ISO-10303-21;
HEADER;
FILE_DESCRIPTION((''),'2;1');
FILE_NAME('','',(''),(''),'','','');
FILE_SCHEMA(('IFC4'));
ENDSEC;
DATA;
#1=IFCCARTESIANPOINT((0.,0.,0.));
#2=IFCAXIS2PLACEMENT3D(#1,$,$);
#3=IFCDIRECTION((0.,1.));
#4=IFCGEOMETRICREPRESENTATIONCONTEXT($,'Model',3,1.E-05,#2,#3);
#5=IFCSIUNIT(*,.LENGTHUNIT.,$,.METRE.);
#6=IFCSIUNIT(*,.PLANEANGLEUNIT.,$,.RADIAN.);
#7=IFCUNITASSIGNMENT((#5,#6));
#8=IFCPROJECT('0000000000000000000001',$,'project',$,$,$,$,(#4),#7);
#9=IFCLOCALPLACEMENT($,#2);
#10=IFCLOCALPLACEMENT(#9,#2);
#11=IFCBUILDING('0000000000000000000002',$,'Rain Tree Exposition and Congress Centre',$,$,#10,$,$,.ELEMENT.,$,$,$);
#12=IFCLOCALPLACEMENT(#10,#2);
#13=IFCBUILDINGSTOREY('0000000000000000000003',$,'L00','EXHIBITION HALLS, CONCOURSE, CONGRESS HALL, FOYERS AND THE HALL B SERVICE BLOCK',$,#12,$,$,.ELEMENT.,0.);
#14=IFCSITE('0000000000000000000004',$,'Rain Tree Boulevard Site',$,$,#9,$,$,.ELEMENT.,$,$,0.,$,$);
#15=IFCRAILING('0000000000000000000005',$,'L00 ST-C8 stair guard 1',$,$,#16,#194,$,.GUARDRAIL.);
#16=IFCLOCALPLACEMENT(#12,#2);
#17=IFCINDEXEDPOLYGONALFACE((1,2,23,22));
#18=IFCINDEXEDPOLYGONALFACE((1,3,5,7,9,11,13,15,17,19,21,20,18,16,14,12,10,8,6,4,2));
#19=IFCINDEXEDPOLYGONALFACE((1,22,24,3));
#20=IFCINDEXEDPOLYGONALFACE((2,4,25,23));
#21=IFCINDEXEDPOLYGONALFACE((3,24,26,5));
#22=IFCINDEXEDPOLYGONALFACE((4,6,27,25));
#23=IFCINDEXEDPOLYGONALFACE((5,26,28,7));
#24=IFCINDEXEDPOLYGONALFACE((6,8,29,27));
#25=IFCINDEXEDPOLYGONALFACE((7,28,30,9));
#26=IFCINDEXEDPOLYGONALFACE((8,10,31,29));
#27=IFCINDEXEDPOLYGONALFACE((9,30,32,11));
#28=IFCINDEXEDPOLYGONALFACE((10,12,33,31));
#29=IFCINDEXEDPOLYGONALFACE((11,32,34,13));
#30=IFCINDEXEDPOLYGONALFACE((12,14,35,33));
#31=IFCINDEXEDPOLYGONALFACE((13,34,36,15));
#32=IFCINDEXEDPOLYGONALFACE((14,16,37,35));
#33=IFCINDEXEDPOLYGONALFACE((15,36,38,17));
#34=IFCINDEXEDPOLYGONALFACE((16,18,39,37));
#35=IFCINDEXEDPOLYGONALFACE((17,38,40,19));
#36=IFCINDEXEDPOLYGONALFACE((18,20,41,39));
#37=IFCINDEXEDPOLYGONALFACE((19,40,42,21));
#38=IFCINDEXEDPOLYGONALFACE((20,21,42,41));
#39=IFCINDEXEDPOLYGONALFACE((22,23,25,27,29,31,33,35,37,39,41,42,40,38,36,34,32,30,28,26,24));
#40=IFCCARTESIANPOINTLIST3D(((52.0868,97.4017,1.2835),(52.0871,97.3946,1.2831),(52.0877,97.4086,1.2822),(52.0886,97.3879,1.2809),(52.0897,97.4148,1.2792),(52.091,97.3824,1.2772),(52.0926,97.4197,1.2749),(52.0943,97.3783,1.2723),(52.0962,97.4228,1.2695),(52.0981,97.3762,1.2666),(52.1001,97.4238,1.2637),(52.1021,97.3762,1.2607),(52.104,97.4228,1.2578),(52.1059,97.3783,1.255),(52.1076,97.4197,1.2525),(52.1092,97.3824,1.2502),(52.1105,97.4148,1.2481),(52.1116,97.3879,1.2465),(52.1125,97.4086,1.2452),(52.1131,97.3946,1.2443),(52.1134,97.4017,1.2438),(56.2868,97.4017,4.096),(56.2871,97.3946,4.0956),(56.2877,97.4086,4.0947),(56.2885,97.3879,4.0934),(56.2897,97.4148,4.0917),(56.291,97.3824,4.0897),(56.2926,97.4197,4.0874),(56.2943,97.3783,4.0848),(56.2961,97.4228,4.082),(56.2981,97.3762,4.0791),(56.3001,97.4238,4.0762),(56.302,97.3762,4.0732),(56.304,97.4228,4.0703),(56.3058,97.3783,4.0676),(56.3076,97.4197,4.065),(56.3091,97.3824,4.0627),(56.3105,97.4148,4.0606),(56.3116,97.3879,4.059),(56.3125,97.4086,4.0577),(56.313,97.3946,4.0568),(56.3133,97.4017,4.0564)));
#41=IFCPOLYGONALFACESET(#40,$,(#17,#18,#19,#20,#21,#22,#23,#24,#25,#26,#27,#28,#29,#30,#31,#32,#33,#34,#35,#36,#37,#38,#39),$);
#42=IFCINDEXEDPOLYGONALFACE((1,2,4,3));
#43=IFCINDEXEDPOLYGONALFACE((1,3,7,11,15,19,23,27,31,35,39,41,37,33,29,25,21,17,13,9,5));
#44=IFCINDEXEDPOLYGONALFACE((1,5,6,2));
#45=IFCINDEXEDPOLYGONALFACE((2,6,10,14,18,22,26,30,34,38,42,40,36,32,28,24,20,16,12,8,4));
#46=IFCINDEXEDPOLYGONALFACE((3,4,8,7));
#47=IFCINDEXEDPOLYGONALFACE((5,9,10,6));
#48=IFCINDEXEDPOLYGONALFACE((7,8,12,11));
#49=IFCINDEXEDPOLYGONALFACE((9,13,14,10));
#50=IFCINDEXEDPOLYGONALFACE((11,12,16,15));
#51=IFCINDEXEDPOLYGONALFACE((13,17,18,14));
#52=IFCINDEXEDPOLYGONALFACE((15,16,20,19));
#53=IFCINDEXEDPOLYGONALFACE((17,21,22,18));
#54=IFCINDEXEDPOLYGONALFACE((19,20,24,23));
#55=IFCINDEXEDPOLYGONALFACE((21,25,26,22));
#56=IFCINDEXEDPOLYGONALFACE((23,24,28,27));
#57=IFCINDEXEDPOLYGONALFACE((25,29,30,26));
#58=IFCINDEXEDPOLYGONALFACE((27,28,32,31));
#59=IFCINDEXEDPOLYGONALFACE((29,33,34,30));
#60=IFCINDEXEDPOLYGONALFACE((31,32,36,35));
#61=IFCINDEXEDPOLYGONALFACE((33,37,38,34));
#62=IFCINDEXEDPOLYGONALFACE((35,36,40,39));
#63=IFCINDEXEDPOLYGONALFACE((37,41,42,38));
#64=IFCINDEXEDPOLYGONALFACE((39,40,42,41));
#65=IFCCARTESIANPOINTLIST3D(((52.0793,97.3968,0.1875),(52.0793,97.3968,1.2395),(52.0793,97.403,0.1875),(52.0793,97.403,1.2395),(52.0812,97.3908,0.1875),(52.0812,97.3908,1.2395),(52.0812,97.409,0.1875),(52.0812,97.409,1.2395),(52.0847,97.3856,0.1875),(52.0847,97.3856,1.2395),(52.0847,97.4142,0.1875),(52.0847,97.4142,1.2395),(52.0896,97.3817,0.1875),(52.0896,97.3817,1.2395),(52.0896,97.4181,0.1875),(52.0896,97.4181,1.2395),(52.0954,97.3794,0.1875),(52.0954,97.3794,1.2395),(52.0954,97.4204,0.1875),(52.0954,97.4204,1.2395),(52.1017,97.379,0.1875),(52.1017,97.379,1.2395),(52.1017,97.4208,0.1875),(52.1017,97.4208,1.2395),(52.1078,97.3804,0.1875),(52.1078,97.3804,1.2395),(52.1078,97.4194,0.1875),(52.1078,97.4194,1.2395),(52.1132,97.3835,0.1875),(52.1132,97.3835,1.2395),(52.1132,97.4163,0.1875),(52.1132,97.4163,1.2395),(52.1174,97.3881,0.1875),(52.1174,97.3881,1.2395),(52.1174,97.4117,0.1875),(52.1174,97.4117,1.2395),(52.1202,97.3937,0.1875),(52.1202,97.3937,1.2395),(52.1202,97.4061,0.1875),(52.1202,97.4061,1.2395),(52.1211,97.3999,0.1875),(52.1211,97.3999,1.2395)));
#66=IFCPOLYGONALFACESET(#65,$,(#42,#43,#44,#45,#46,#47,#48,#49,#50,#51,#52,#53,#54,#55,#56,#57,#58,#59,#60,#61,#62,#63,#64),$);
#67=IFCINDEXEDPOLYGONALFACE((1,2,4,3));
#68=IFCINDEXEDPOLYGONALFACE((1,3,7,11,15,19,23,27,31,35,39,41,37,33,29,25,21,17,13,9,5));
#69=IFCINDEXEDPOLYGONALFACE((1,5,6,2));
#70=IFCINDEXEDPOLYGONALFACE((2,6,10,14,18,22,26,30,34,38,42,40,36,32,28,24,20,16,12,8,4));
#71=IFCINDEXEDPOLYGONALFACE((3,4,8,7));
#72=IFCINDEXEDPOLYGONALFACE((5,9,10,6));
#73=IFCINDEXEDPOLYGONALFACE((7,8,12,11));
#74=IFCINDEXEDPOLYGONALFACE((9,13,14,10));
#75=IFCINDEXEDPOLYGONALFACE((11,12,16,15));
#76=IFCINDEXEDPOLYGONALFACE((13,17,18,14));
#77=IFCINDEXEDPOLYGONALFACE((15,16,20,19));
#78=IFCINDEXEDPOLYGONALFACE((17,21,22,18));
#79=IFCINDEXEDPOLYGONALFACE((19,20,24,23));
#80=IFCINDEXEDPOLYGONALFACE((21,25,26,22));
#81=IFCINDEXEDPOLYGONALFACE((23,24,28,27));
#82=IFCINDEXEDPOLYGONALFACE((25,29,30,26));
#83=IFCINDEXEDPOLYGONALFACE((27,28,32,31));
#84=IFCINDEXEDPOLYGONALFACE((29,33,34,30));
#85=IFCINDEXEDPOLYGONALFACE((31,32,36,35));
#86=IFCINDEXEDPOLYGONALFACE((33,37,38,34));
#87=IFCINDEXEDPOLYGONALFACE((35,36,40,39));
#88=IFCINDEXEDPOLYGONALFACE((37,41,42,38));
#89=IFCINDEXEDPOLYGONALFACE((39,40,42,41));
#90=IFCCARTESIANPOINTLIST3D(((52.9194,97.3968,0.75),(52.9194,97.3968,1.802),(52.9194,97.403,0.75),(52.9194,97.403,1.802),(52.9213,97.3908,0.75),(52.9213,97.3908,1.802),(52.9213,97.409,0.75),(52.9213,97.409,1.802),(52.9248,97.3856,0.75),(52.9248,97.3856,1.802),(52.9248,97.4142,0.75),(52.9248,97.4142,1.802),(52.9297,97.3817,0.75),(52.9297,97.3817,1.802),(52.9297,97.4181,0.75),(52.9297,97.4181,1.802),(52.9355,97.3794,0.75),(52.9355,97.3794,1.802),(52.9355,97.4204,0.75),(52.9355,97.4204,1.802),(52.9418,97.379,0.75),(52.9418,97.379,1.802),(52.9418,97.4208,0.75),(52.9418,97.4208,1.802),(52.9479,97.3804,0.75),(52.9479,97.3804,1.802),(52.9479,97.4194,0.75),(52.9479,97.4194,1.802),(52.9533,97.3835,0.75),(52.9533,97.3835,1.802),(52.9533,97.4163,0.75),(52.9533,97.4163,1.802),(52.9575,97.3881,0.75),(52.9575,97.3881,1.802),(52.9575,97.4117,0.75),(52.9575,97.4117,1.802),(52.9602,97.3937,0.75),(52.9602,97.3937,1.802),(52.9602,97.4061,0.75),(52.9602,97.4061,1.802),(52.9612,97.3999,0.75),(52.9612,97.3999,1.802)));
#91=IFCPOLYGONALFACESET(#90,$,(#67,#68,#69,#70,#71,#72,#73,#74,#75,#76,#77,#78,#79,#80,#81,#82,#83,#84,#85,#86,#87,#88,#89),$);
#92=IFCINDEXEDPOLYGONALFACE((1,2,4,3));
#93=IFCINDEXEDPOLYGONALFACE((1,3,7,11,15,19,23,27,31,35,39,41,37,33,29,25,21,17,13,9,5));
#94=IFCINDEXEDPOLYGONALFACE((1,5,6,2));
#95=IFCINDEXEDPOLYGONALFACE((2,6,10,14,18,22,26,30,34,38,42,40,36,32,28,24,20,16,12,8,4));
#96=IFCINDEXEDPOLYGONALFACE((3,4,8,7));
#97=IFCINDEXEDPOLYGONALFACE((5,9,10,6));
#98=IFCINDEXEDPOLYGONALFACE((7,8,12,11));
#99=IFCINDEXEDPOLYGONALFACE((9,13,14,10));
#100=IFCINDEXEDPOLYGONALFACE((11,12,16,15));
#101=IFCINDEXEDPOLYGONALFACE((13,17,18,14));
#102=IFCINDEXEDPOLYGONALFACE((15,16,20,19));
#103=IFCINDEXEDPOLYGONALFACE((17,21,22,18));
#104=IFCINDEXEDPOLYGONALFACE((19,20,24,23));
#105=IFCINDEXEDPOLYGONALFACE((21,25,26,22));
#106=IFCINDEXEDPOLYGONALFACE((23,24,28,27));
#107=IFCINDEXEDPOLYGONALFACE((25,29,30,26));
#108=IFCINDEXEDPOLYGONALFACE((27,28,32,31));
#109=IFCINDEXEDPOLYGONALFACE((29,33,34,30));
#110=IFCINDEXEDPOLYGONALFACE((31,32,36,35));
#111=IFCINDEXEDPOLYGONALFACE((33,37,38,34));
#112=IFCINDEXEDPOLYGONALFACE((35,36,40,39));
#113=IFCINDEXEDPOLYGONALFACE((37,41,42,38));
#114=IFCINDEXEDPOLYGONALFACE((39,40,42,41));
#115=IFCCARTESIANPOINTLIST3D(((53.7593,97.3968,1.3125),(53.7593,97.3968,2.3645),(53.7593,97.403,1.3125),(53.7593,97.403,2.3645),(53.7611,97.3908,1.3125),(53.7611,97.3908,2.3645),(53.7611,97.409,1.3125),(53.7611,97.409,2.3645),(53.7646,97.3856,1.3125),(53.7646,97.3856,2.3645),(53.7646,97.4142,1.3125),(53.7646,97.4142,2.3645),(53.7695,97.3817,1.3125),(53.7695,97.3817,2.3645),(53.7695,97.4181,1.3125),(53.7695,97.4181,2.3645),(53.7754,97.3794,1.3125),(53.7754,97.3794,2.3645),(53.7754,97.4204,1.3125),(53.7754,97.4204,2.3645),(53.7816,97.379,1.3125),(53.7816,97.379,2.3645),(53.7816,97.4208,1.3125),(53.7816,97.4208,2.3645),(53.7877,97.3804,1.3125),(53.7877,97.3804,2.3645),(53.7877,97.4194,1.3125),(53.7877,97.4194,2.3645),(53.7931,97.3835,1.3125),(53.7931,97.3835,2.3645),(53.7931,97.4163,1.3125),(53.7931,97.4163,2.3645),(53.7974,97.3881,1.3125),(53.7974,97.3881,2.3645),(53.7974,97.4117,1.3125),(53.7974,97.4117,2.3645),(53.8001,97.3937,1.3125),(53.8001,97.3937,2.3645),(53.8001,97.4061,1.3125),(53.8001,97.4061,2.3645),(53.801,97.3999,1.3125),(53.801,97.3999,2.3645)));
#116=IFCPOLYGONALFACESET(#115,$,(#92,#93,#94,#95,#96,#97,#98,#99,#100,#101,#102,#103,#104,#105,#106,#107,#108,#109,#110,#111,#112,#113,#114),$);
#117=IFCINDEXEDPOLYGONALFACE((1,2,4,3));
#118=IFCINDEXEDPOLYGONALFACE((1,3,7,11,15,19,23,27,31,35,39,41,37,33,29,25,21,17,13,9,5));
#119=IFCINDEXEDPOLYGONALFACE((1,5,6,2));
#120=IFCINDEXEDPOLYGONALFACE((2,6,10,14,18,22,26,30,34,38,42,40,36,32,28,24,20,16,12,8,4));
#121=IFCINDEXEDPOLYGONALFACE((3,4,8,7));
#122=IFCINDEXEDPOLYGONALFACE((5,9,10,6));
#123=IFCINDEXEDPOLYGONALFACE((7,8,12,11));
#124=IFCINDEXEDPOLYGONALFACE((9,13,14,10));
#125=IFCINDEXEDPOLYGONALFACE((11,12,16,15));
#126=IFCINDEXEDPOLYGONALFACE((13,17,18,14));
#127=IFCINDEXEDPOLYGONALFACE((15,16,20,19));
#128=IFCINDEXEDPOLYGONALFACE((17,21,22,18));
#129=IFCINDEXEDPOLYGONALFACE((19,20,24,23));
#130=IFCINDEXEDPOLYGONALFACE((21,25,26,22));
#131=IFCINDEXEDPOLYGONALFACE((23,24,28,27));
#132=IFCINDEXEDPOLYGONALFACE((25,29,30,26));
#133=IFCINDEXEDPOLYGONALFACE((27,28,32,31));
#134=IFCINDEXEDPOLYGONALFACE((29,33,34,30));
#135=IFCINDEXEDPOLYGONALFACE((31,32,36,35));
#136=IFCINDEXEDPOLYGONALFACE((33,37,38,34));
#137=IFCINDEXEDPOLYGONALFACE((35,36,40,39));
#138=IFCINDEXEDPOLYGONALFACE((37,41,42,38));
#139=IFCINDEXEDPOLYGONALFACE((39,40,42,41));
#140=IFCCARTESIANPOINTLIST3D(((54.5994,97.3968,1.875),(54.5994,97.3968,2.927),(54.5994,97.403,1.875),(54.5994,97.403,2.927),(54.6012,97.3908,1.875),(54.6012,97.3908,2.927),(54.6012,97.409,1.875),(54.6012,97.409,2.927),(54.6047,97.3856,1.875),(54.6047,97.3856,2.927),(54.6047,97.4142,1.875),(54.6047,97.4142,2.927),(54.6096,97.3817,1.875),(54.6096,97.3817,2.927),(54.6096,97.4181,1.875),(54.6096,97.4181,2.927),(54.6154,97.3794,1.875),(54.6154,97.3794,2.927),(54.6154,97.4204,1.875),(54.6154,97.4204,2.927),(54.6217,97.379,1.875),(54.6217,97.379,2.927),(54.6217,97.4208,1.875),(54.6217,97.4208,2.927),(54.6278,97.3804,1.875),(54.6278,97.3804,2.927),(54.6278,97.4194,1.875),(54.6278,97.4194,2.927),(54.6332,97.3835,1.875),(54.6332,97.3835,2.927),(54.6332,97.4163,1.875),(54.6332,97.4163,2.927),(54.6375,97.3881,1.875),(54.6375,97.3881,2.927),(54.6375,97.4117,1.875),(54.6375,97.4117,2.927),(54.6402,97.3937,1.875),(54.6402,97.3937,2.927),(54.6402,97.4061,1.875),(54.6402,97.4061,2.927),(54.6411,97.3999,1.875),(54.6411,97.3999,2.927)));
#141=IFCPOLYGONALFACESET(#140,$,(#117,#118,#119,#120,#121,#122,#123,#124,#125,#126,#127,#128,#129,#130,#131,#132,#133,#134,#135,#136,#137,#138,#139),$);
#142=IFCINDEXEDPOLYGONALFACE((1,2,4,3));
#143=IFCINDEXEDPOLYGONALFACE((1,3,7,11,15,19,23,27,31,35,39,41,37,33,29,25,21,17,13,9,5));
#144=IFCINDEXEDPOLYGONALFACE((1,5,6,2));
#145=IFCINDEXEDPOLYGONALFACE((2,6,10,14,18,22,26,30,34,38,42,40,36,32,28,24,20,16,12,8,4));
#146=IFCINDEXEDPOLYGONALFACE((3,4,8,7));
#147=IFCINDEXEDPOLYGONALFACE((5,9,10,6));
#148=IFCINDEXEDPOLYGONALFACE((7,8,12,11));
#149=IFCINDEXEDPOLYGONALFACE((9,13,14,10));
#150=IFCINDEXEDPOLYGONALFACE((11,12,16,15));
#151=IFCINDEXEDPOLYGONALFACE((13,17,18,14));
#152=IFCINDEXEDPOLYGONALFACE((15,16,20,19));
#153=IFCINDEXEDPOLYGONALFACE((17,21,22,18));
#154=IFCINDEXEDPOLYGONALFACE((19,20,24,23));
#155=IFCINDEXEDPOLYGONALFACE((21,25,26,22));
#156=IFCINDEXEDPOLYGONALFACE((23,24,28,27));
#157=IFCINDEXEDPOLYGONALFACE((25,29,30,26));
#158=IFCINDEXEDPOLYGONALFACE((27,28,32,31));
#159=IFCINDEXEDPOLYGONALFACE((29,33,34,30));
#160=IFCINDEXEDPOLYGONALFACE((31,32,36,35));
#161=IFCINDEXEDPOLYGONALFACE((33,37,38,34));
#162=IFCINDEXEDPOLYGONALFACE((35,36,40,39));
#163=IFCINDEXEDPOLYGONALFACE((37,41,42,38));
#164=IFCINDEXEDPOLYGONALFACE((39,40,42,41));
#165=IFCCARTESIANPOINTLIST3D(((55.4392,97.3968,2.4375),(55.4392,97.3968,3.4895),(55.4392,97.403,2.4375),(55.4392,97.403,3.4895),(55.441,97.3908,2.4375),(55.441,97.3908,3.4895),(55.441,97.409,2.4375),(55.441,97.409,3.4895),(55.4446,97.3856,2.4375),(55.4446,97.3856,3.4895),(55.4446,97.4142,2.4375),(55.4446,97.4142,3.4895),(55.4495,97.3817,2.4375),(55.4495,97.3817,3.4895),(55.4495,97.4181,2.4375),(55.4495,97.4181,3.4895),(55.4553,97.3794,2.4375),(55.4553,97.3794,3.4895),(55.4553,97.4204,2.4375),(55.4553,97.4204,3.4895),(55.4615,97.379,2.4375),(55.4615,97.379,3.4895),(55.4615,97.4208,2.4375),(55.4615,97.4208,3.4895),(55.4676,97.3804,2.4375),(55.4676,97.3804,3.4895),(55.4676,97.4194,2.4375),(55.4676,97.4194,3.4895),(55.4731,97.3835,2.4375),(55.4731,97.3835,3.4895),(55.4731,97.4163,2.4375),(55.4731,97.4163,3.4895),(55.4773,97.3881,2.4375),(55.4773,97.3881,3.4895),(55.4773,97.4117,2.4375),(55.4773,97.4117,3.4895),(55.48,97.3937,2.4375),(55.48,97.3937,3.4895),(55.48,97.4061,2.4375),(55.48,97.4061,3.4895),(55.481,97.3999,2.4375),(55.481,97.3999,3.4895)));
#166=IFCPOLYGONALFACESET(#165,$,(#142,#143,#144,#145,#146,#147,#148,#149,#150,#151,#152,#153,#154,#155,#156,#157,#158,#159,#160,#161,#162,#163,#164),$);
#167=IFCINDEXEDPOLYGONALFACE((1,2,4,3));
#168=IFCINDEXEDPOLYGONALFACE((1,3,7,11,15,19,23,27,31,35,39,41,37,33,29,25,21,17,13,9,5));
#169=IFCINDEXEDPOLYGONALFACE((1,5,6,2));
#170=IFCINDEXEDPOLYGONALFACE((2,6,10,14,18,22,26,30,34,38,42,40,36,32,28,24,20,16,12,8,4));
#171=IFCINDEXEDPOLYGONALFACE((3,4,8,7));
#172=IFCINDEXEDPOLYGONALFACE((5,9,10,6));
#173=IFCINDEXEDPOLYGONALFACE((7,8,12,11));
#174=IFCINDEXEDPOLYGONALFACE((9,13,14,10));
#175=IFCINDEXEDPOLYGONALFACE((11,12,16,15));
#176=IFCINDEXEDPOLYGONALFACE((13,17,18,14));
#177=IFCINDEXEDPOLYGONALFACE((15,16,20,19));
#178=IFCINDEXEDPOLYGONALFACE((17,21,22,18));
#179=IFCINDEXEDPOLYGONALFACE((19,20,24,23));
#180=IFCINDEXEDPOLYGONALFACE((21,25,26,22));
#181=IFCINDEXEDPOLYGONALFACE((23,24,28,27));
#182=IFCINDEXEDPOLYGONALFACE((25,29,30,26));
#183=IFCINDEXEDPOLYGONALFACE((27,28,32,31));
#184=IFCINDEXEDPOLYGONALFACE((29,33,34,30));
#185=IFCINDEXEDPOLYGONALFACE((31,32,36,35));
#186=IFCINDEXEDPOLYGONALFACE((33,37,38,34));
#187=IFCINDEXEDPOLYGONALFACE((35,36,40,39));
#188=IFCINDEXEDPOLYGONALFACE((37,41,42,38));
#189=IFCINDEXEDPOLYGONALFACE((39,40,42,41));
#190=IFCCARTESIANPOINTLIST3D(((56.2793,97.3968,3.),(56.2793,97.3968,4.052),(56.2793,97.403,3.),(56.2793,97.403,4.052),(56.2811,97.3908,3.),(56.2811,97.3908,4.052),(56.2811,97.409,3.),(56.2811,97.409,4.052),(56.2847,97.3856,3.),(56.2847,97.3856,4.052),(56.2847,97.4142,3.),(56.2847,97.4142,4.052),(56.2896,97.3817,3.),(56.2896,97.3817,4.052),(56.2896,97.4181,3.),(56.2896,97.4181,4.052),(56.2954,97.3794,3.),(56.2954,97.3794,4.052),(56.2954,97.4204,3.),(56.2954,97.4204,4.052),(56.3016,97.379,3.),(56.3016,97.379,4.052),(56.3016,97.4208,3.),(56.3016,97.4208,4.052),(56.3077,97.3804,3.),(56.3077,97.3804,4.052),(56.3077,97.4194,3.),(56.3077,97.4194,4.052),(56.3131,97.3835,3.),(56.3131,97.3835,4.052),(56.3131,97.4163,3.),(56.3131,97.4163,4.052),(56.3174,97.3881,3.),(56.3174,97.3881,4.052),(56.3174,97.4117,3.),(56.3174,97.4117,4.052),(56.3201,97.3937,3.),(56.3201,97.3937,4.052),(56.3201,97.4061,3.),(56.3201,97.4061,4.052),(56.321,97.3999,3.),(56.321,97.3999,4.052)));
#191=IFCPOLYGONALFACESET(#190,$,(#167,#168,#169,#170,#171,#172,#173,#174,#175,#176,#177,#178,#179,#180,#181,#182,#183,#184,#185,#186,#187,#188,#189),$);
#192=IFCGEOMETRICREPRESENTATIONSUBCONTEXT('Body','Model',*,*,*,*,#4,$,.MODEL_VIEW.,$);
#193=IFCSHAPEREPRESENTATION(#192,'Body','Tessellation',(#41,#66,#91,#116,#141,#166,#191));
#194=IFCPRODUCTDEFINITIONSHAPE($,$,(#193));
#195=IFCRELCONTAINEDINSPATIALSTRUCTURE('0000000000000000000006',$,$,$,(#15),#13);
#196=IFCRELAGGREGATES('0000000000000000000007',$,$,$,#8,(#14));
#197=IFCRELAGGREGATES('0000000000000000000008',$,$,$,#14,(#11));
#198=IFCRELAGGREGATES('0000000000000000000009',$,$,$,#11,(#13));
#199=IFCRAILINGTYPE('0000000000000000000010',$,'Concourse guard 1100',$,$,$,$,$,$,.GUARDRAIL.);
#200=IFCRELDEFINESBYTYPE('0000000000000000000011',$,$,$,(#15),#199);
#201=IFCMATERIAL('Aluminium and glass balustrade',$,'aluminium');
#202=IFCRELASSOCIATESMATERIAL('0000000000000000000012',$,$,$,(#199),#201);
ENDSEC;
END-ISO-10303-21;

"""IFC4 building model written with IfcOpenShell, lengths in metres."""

from ifc_helpers import new_model, si_unit, direction, frame, origin, origin_2d, place, context, subcontext, project, spatial, circle, extrude, material, type_object, element, save


model = new_model("IFC4")

# Units and contexts
model_context = context("Model", 3, precision=1e-05, world=origin(), true_north=direction((0.0, 1.0)))
body_context = subcontext(model_context, "Body", "Model", "MODEL_VIEW")
ifc_project = project(units=[si_unit("LENGTHUNIT", "METRE"), si_unit("PLANEANGLEUNIT", "RADIAN")], contexts=[model_context])

# Site, building, storey
site_placement = place(None, origin())
site = spatial("IfcSite", under=ifc_project, at=site_placement, Name="Rain Tree Boulevard Site", CompositionType="ELEMENT", RefElevation=0.0)
building_placement = place(site_placement, origin())
building = spatial("IfcBuilding", under=site, at=building_placement, Name="Rain Tree Exposition and Congress Centre", CompositionType="ELEMENT")
storey_placement = place(building_placement, origin())
storey = spatial("IfcBuildingStorey", under=building, at=storey_placement, Name="L00", Description="EXHIBITION HALLS, CONCOURSE, CONGRESS HALL, FOYERS AND THE HALL B SERVICE BLOCK", CompositionType="ELEMENT", Elevation=0.0)

# Railing
ifc_material_1 = material(Name="Aluminium and glass balustrade", Category="aluminium")
railing_type_1 = type_object("IfcRailingType", Name="Concourse guard 1100", PredefinedType="GUARDRAIL", material=ifc_material_1)
railing_1_placement = place(storey_placement, frame((52.1001, 97.3999, 0.1875)))
element("IfcRailing", 1, at=railing_1_placement, inside=storey, type_object=railing_type_1, Name="L00 ST-C8 stair guard 1", PredefinedType="GUARDRAIL", context=body_context, shape_type="SweptSolid", body=[
    extrude(circle(Radius=0.0239, at=origin_2d()), frame((0.0, 0.0, 1.0762), z_axis=(0.830904, 0.0, 0.556416), x_axis=(0.0, 1.0, 0.0)), (0.0, 0.0, 1.0), 5.0547),
    extrude(circle(Radius=0.021, at=origin_2d()), origin(), (0.0, 0.0, 1.0), 1.052),
    extrude(circle(Radius=0.021, at=origin_2d()), frame((0.8401, 0.0, 0.5625)), (0.0, 0.0, 1.0), 1.052),
    extrude(circle(Radius=0.021, at=origin_2d()), frame((1.6799, 0.0, 1.125)), (0.0, 0.0, 1.0), 1.052),
    extrude(circle(Radius=0.021, at=origin_2d()), frame((2.52, 0.0, 1.6875)), (0.0, 0.0, 1.0), 1.052),
    extrude(circle(Radius=0.021, at=origin_2d()), frame((3.3599, 0.0, 2.25)), (0.0, 0.0, 1.0), 1.052),
    extrude(circle(Radius=0.021, at=origin_2d()), frame((4.2, 0.0, 2.8125)), (0.0, 0.0, 1.0), 1.052),
])

save(model, "model.ifc")
